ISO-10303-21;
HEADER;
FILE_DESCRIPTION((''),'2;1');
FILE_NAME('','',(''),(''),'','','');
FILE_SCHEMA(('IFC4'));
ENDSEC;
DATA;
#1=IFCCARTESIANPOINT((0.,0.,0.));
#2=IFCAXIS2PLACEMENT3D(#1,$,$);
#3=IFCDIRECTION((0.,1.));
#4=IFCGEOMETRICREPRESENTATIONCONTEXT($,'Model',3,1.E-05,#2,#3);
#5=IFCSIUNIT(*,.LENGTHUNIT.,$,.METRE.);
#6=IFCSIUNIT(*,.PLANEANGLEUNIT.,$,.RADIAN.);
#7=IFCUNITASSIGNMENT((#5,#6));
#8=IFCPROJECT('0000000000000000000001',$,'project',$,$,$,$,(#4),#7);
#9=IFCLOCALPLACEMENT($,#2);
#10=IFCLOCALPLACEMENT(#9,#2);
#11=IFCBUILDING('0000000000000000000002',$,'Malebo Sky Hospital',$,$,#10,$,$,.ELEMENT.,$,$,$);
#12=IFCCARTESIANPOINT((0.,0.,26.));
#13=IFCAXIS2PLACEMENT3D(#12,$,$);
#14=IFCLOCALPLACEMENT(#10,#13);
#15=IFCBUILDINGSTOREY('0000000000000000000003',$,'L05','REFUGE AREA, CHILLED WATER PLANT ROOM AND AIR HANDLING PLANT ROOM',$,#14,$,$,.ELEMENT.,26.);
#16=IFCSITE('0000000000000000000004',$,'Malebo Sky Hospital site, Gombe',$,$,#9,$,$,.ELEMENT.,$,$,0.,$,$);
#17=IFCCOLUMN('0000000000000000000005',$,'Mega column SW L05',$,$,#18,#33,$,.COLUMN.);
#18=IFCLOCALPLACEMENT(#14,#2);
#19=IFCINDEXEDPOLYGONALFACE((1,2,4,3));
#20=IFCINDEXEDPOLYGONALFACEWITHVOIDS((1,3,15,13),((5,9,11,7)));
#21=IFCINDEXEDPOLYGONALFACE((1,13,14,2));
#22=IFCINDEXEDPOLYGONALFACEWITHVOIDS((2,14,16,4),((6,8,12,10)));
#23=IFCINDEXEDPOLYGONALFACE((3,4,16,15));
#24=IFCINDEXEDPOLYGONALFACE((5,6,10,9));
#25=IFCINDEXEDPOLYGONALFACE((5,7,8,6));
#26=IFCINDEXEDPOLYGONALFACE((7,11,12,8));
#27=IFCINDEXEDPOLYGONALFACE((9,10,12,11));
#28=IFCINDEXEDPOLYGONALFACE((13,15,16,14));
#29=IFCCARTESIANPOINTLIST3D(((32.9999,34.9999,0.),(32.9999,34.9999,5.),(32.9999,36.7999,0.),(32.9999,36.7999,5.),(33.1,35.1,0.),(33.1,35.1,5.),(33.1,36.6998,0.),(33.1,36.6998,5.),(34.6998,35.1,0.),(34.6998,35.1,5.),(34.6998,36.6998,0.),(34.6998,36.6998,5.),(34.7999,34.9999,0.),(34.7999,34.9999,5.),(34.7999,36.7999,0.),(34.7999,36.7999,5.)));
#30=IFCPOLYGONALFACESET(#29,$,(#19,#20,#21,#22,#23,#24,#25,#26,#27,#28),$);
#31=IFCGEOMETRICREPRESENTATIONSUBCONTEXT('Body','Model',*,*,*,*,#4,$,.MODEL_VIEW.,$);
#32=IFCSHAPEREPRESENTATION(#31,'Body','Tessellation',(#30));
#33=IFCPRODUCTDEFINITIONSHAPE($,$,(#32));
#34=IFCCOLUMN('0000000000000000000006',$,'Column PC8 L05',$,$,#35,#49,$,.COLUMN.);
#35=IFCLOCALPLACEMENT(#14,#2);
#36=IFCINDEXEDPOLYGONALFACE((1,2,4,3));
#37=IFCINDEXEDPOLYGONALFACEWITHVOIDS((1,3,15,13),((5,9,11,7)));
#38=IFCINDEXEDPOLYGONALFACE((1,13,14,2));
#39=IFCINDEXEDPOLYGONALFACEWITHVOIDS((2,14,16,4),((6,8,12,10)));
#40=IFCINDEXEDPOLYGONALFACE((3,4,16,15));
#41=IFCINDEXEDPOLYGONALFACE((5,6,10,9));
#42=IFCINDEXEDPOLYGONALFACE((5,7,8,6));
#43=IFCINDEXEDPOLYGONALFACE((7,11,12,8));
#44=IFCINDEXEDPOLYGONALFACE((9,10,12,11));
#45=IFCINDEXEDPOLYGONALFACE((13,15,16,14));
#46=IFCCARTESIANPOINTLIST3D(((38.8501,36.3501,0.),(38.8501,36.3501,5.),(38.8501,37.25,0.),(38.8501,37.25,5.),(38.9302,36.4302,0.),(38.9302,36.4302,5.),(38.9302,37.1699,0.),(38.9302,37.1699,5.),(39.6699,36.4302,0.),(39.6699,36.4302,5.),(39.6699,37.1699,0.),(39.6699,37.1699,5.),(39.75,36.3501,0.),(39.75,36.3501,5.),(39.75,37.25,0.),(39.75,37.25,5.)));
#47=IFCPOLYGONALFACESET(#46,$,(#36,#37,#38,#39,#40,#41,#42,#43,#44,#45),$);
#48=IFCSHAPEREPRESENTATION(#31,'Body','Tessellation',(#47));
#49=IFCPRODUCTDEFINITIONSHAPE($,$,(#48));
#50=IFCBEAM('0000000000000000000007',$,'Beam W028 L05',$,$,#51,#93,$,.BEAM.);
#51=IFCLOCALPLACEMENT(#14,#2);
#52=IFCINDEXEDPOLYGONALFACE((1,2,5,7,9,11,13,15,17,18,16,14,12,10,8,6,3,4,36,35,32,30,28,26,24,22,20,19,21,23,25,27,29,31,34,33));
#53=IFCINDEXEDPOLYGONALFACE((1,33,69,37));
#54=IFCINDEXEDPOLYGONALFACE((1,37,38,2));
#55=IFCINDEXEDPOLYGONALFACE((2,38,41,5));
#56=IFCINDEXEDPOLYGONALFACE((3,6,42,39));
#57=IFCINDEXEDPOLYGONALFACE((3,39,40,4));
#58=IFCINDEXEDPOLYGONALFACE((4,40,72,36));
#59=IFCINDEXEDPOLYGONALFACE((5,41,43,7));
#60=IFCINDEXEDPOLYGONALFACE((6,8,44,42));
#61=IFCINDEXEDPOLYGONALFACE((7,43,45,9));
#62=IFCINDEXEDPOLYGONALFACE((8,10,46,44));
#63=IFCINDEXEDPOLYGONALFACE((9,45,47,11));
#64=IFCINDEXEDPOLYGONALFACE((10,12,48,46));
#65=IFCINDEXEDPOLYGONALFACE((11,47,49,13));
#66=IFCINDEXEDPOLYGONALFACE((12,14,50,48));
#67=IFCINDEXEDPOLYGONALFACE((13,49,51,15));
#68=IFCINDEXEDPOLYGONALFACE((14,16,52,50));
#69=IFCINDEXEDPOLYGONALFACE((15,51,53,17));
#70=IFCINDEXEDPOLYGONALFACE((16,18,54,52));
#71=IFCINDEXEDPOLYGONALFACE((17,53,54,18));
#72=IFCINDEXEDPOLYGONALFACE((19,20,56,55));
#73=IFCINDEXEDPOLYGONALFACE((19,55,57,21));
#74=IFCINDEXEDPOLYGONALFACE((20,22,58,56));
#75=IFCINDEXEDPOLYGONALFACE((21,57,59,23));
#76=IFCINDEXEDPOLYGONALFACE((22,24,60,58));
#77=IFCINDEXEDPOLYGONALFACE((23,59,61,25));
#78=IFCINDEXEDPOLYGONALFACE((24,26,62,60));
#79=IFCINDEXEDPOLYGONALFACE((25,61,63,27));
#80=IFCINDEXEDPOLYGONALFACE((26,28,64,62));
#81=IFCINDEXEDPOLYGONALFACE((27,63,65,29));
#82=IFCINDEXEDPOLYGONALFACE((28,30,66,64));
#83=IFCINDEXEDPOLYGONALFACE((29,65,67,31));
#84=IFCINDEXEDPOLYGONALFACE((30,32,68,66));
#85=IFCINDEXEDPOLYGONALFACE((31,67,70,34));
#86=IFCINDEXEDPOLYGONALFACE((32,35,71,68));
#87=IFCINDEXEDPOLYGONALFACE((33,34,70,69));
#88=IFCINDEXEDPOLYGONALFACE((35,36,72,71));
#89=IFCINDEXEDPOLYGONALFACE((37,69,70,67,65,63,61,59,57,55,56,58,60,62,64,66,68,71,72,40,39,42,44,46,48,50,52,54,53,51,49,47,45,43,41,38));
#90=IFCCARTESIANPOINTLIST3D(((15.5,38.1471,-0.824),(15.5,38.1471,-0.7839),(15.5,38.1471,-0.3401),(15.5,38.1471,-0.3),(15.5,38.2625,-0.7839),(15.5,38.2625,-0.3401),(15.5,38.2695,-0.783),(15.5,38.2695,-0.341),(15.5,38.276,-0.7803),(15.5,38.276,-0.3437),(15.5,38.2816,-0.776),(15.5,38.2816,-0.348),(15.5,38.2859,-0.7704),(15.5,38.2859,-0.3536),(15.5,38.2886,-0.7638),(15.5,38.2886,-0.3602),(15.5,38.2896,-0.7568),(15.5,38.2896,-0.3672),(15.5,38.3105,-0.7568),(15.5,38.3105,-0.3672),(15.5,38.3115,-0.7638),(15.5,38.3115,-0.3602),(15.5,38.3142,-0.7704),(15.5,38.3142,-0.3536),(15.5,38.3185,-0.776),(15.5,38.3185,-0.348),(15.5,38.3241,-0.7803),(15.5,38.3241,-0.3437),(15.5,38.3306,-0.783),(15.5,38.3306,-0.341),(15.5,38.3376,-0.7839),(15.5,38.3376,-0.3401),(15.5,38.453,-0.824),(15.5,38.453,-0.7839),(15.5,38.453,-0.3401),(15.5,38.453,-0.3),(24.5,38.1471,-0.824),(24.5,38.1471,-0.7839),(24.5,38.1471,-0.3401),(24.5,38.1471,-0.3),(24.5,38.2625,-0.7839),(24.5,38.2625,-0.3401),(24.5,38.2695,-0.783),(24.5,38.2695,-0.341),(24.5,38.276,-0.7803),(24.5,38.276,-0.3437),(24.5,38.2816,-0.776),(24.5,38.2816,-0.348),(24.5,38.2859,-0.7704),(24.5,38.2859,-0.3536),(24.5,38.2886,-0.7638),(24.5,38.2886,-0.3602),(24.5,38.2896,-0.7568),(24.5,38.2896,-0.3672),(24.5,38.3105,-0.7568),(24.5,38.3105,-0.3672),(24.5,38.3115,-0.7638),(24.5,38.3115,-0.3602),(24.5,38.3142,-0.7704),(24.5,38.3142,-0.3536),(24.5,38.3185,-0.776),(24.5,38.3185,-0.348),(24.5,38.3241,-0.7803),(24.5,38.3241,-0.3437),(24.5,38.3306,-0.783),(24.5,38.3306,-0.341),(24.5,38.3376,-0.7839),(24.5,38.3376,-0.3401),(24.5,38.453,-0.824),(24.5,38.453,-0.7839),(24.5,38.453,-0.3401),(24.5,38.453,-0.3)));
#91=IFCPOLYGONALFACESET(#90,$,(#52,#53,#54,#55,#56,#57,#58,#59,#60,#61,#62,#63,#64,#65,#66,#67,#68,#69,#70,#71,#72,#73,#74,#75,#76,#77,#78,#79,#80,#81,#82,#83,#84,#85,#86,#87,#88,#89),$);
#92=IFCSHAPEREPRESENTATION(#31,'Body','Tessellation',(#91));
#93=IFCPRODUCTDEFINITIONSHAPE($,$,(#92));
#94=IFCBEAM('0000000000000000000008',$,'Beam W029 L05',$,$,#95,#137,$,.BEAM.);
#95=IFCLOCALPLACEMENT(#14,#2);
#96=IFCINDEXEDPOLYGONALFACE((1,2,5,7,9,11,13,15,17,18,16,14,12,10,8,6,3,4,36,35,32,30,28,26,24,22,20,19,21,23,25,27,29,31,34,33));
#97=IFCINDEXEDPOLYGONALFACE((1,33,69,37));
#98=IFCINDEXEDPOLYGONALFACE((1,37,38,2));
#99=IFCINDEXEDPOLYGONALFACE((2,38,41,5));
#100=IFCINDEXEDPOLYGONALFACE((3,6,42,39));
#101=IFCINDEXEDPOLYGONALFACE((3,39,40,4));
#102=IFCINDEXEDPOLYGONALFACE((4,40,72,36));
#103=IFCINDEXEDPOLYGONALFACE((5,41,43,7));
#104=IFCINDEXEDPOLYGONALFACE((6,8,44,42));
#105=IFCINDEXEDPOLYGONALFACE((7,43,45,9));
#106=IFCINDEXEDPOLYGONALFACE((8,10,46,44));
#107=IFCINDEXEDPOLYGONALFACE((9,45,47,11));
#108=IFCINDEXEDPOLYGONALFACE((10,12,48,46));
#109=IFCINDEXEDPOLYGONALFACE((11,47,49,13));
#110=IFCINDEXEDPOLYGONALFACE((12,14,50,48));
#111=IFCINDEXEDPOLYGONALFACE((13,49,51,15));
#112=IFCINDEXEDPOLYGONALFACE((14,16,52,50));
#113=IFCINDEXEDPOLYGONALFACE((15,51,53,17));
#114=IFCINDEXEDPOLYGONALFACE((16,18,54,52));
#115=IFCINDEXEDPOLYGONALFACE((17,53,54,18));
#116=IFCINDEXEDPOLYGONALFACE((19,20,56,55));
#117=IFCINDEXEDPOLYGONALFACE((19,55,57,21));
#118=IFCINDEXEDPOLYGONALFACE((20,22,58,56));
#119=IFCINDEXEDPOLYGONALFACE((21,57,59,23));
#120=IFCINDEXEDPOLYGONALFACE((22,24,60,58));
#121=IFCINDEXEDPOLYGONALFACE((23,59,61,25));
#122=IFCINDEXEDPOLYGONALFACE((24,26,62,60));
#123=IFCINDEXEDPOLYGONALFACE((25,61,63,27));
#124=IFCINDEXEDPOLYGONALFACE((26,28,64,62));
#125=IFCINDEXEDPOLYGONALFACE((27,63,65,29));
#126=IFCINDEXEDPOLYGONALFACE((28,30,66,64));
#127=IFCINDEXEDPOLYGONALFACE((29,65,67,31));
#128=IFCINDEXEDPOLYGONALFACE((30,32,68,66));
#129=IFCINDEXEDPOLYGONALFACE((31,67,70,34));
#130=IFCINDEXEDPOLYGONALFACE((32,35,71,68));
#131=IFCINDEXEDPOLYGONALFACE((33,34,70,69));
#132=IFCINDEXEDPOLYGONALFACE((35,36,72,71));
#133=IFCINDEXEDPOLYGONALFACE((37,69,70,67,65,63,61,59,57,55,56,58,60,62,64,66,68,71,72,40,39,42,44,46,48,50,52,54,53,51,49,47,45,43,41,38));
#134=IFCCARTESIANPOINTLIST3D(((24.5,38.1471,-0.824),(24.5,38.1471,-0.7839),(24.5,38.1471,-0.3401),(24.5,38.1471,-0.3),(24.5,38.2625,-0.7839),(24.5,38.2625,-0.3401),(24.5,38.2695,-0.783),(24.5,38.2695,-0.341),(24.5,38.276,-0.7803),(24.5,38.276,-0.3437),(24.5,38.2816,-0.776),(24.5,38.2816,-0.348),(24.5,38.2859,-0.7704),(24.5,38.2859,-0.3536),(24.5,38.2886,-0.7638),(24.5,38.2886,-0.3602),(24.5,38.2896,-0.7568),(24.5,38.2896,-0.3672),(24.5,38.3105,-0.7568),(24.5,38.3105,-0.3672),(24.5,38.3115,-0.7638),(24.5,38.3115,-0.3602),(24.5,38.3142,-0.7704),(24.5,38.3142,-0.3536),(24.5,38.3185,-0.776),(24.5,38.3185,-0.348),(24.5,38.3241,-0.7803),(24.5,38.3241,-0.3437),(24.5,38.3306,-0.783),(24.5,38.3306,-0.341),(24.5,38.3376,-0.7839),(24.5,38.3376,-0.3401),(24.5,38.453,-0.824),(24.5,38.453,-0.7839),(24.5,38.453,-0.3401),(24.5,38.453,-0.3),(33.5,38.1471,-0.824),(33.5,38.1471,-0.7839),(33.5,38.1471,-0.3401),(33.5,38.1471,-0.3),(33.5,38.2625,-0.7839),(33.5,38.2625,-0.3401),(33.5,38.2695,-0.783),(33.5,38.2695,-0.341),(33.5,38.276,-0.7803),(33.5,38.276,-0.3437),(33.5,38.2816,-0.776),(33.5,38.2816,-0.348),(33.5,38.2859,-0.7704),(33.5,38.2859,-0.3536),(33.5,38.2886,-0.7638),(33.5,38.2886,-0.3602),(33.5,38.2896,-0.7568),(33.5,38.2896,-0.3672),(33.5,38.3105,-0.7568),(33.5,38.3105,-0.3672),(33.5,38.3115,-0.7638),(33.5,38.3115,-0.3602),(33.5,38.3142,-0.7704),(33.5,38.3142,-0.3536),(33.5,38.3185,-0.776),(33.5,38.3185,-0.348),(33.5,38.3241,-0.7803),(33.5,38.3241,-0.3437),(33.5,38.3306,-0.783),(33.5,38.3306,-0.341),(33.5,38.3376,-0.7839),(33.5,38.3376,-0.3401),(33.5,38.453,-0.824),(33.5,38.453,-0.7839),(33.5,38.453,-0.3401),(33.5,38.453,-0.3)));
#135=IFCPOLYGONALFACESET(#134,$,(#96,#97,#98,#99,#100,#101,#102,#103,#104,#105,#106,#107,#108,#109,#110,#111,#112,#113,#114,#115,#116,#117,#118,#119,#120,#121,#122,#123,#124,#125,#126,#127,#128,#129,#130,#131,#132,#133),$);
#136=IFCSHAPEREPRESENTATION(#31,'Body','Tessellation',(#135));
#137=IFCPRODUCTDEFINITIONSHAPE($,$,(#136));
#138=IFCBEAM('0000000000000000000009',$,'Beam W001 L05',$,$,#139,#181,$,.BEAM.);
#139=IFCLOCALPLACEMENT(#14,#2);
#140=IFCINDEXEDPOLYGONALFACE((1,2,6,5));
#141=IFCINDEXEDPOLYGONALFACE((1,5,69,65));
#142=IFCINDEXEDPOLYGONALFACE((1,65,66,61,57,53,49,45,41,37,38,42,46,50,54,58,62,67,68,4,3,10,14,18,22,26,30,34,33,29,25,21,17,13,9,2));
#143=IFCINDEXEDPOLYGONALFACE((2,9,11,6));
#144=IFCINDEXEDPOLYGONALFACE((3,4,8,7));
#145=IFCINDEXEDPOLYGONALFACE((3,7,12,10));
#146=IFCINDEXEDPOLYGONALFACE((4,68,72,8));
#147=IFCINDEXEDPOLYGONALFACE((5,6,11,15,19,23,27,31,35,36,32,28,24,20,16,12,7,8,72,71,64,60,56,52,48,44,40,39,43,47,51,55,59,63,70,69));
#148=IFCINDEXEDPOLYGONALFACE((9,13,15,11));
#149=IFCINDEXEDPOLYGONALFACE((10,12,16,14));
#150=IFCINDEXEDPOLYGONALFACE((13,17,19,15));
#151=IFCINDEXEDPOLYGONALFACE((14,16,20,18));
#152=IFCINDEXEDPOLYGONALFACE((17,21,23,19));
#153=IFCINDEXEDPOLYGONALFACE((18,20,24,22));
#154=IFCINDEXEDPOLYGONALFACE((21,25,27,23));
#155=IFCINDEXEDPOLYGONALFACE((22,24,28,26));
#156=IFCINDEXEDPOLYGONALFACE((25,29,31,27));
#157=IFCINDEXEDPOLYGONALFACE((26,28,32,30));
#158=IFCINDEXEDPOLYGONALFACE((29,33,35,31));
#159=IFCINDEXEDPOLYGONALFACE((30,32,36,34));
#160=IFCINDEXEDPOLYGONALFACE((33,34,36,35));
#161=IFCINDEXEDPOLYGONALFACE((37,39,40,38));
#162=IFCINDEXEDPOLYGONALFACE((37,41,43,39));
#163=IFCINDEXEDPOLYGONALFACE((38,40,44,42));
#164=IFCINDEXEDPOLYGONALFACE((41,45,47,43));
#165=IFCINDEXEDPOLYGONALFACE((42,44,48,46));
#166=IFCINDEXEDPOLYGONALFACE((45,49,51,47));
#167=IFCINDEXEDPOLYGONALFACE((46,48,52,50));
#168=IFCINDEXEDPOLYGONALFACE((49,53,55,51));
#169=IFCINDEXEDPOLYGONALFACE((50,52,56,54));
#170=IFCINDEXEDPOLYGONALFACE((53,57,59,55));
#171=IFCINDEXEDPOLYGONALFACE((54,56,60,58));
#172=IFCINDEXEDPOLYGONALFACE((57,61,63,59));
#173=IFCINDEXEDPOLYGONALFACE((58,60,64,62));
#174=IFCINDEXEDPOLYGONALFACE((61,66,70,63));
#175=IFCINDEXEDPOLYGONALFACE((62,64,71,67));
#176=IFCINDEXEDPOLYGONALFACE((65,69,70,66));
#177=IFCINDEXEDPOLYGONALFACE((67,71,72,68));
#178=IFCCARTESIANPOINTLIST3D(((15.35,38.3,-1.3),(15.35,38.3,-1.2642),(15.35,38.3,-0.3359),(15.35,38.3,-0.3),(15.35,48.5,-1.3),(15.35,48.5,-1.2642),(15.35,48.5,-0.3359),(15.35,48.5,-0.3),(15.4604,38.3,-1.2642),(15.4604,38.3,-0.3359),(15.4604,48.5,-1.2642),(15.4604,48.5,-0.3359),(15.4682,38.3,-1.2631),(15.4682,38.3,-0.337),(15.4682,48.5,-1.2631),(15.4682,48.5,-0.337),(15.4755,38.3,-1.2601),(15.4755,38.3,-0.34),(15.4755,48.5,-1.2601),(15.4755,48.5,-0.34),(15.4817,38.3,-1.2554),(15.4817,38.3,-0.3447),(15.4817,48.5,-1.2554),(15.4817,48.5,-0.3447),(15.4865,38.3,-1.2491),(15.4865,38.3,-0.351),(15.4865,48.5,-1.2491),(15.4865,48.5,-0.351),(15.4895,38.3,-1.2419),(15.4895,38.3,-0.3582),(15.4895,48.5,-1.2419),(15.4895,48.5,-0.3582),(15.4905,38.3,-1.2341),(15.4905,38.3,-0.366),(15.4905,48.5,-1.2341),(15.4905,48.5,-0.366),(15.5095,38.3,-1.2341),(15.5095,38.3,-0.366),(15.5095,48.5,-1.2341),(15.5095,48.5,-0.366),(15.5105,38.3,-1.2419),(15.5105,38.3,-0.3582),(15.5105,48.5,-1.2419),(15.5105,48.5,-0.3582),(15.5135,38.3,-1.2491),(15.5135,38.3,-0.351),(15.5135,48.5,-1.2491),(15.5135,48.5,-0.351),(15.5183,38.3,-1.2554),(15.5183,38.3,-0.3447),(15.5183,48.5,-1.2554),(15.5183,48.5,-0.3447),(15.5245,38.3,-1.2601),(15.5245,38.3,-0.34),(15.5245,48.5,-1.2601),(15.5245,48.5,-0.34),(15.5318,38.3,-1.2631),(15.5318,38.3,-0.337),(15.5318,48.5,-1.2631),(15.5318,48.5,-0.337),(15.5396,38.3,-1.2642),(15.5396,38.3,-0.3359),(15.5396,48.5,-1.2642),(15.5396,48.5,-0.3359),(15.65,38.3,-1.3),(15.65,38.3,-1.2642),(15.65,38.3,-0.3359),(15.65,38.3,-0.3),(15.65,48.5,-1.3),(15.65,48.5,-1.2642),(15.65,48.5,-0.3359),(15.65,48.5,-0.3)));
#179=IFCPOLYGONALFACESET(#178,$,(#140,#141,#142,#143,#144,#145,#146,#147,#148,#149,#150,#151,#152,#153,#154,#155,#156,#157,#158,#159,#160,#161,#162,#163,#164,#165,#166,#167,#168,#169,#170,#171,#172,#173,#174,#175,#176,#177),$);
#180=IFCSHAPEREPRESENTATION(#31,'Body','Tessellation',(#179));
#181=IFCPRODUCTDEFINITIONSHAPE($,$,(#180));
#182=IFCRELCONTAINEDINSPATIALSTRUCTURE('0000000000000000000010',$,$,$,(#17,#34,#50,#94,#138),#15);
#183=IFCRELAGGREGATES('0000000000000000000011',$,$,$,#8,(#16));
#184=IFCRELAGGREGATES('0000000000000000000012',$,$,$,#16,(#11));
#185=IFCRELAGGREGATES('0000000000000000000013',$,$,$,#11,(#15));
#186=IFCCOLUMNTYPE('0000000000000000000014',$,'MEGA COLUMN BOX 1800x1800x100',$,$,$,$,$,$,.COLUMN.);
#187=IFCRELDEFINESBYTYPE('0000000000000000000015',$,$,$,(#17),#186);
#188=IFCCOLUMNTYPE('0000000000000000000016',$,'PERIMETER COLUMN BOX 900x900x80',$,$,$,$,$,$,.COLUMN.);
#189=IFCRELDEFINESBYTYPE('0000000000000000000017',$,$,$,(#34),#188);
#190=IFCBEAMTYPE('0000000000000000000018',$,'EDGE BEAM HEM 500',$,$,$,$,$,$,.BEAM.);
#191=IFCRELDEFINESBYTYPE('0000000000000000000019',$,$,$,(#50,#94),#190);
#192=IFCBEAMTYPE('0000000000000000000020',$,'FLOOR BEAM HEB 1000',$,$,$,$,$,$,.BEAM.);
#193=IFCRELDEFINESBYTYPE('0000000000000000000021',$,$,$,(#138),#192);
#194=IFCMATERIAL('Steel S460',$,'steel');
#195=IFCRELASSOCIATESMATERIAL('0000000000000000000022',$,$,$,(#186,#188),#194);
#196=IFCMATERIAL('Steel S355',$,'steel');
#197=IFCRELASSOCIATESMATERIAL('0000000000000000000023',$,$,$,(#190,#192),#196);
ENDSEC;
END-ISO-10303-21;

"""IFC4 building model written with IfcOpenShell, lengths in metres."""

from ifc_helpers import new_model, si_unit, direction, frame, origin, origin_2d, place, context, subcontext, project, spatial, hollow_rectangle, i_section, extrude, material, material_profile, profile_set, type_object, element, save


model = new_model("IFC4")

# Units and contexts
model_context = context("Model", 3, precision=1e-05, world=origin(), true_north=direction((0.0, 1.0)))
body_context = subcontext(model_context, "Body", "Model", "MODEL_VIEW")
ifc_project = project(units=[si_unit("LENGTHUNIT", "METRE"), si_unit("PLANEANGLEUNIT", "RADIAN")], contexts=[model_context])

# Site, building, storey
site_placement = place(None, origin())
site = spatial("IfcSite", under=ifc_project, at=site_placement, Name="Malebo Sky Hospital site, Gombe", CompositionType="ELEMENT", RefElevation=0.0)
building_placement = place(site_placement, origin())
building = spatial("IfcBuilding", under=site, at=building_placement, Name="Malebo Sky Hospital", CompositionType="ELEMENT")
storey_placement = place(building_placement, frame((0.0, 0.0, 26.0)))
storey = spatial("IfcBuildingStorey", under=building, at=storey_placement, Name="L05", Description="REFUGE AREA, CHILLED WATER PLANT ROOM AND AIR HANDLING PLANT ROOM", CompositionType="ELEMENT", Elevation=26.0)

# Columns
ifc_material_1 = material(Name="Steel S460", Category="steel")
ifc_material_profile_1 = material_profile(ifc_material_1, hollow_rectangle(XDim=1.8, YDim=1.8, WallThickness=0.1001, at=origin_2d()), Name="BOX 1800x1800x100")
ifc_profile_set_1 = profile_set([ifc_material_profile_1], Name="Steel S460")
column_type_1 = type_object("IfcColumnType", Name="MEGA COLUMN BOX 1800x1800x100", PredefinedType="COLUMN", material=ifc_profile_set_1)
column_1_placement = place(storey_placement, frame((33.8999, 35.8999, 0.0), z_axis=(0.0, 0.0, 1.0), x_axis=(1.0, 0.0, 0.0)))
element("IfcColumn", 1, at=column_1_placement, inside=storey, type_object=column_type_1, Name="Mega column SW L05", PredefinedType="COLUMN", context=body_context, shape_type="SweptSolid", body=[
    extrude(hollow_rectangle(XDim=1.8, YDim=1.8, WallThickness=0.1001, at=origin_2d()), origin(), (0.0, 0.0, 1.0), 5.0),
])
ifc_material_profile_2 = material_profile(ifc_material_1, hollow_rectangle(XDim=0.8999, YDim=0.8999, WallThickness=0.0801, at=origin_2d()), Name="BOX 900x900x80")
ifc_profile_set_2 = profile_set([ifc_material_profile_2], Name="Steel S460")
column_type_2 = type_object("IfcColumnType", Name="PERIMETER COLUMN BOX 900x900x80", PredefinedType="COLUMN", material=ifc_profile_set_2)
column_2_placement = place(storey_placement, frame((39.3, 36.8, 0.0), z_axis=(0.0, 0.0, 1.0), x_axis=(1.0, 0.0, 0.0)))
element("IfcColumn", 2, at=column_2_placement, inside=storey, type_object=column_type_2, Name="Column PC8 L05", PredefinedType="COLUMN", context=body_context, shape_type="SweptSolid", body=[
    extrude(hollow_rectangle(XDim=0.8999, YDim=0.8999, WallThickness=0.0801, at=origin_2d()), origin(), (0.0, 0.0, 1.0), 5.0),
])

# Beams
ifc_material_2 = material(Name="Steel S355", Category="steel")
ifc_material_profile_3 = material_profile(ifc_material_2, i_section(OverallWidth=0.3059, OverallDepth=0.5239, WebThickness=0.021, FlangeThickness=0.04, FilletRadius=0.0271, at=origin_2d()), Name="HEM 500")
ifc_profile_set_3 = profile_set([ifc_material_profile_3], Name="Steel S355")
beam_type_1 = type_object("IfcBeamType", Name="EDGE BEAM HEM 500", PredefinedType="BEAM", material=ifc_profile_set_3)
for number, where, z_axis, x_axis, name in (
    (3, (15.5, 38.3, -0.562), (1.0, 0.0, 0.0), (0.0, 1.0, 0.0), "Beam W028 L05"),
    (4, (24.5, 38.3, -0.562), (1.0, 0.0, 0.0), (0.0, 1.0, 0.0), "Beam W029 L05"),
):
    element("IfcBeam", number, at=place(storey_placement, frame(where, z_axis=z_axis, x_axis=x_axis)), inside=storey, type_object=beam_type_1, Name=name, PredefinedType="BEAM", context=body_context, shape_type="SweptSolid", body=[
        extrude(i_section(OverallWidth=0.3059, OverallDepth=0.5239, WebThickness=0.021, FlangeThickness=0.04, FilletRadius=0.0271, at=origin_2d()), origin(), (0.0, 0.0, 1.0), 9.0),
    ])
ifc_material_profile_4 = material_profile(ifc_material_2, i_section(OverallWidth=0.3, OverallDepth=1.0, WebThickness=0.019, FlangeThickness=0.0359, FilletRadius=0.03, at=origin_2d()), Name="HEB 1000")
ifc_profile_set_4 = profile_set([ifc_material_profile_4], Name="Steel S355")
beam_type_2 = type_object("IfcBeamType", Name="FLOOR BEAM HEB 1000", PredefinedType="BEAM", material=ifc_profile_set_4)
for number, where, z_axis, x_axis, name in (
    (5, (15.5, 38.3, -0.8), (0.0, 1.0, 0.0), (-1.0, 0.0, 0.0), "Beam W001 L05"),
):
    element("IfcBeam", number, at=place(storey_placement, frame(where, z_axis=z_axis, x_axis=x_axis)), inside=storey, type_object=beam_type_2, Name=name, PredefinedType="BEAM", context=body_context, shape_type="SweptSolid", body=[
        extrude(i_section(OverallWidth=0.3, OverallDepth=1.0, WebThickness=0.019, FlangeThickness=0.0359, FilletRadius=0.03, at=origin_2d()), origin(), (0.0, 0.0, 1.0), 10.2),
    ])

save(model, "model.ifc")
